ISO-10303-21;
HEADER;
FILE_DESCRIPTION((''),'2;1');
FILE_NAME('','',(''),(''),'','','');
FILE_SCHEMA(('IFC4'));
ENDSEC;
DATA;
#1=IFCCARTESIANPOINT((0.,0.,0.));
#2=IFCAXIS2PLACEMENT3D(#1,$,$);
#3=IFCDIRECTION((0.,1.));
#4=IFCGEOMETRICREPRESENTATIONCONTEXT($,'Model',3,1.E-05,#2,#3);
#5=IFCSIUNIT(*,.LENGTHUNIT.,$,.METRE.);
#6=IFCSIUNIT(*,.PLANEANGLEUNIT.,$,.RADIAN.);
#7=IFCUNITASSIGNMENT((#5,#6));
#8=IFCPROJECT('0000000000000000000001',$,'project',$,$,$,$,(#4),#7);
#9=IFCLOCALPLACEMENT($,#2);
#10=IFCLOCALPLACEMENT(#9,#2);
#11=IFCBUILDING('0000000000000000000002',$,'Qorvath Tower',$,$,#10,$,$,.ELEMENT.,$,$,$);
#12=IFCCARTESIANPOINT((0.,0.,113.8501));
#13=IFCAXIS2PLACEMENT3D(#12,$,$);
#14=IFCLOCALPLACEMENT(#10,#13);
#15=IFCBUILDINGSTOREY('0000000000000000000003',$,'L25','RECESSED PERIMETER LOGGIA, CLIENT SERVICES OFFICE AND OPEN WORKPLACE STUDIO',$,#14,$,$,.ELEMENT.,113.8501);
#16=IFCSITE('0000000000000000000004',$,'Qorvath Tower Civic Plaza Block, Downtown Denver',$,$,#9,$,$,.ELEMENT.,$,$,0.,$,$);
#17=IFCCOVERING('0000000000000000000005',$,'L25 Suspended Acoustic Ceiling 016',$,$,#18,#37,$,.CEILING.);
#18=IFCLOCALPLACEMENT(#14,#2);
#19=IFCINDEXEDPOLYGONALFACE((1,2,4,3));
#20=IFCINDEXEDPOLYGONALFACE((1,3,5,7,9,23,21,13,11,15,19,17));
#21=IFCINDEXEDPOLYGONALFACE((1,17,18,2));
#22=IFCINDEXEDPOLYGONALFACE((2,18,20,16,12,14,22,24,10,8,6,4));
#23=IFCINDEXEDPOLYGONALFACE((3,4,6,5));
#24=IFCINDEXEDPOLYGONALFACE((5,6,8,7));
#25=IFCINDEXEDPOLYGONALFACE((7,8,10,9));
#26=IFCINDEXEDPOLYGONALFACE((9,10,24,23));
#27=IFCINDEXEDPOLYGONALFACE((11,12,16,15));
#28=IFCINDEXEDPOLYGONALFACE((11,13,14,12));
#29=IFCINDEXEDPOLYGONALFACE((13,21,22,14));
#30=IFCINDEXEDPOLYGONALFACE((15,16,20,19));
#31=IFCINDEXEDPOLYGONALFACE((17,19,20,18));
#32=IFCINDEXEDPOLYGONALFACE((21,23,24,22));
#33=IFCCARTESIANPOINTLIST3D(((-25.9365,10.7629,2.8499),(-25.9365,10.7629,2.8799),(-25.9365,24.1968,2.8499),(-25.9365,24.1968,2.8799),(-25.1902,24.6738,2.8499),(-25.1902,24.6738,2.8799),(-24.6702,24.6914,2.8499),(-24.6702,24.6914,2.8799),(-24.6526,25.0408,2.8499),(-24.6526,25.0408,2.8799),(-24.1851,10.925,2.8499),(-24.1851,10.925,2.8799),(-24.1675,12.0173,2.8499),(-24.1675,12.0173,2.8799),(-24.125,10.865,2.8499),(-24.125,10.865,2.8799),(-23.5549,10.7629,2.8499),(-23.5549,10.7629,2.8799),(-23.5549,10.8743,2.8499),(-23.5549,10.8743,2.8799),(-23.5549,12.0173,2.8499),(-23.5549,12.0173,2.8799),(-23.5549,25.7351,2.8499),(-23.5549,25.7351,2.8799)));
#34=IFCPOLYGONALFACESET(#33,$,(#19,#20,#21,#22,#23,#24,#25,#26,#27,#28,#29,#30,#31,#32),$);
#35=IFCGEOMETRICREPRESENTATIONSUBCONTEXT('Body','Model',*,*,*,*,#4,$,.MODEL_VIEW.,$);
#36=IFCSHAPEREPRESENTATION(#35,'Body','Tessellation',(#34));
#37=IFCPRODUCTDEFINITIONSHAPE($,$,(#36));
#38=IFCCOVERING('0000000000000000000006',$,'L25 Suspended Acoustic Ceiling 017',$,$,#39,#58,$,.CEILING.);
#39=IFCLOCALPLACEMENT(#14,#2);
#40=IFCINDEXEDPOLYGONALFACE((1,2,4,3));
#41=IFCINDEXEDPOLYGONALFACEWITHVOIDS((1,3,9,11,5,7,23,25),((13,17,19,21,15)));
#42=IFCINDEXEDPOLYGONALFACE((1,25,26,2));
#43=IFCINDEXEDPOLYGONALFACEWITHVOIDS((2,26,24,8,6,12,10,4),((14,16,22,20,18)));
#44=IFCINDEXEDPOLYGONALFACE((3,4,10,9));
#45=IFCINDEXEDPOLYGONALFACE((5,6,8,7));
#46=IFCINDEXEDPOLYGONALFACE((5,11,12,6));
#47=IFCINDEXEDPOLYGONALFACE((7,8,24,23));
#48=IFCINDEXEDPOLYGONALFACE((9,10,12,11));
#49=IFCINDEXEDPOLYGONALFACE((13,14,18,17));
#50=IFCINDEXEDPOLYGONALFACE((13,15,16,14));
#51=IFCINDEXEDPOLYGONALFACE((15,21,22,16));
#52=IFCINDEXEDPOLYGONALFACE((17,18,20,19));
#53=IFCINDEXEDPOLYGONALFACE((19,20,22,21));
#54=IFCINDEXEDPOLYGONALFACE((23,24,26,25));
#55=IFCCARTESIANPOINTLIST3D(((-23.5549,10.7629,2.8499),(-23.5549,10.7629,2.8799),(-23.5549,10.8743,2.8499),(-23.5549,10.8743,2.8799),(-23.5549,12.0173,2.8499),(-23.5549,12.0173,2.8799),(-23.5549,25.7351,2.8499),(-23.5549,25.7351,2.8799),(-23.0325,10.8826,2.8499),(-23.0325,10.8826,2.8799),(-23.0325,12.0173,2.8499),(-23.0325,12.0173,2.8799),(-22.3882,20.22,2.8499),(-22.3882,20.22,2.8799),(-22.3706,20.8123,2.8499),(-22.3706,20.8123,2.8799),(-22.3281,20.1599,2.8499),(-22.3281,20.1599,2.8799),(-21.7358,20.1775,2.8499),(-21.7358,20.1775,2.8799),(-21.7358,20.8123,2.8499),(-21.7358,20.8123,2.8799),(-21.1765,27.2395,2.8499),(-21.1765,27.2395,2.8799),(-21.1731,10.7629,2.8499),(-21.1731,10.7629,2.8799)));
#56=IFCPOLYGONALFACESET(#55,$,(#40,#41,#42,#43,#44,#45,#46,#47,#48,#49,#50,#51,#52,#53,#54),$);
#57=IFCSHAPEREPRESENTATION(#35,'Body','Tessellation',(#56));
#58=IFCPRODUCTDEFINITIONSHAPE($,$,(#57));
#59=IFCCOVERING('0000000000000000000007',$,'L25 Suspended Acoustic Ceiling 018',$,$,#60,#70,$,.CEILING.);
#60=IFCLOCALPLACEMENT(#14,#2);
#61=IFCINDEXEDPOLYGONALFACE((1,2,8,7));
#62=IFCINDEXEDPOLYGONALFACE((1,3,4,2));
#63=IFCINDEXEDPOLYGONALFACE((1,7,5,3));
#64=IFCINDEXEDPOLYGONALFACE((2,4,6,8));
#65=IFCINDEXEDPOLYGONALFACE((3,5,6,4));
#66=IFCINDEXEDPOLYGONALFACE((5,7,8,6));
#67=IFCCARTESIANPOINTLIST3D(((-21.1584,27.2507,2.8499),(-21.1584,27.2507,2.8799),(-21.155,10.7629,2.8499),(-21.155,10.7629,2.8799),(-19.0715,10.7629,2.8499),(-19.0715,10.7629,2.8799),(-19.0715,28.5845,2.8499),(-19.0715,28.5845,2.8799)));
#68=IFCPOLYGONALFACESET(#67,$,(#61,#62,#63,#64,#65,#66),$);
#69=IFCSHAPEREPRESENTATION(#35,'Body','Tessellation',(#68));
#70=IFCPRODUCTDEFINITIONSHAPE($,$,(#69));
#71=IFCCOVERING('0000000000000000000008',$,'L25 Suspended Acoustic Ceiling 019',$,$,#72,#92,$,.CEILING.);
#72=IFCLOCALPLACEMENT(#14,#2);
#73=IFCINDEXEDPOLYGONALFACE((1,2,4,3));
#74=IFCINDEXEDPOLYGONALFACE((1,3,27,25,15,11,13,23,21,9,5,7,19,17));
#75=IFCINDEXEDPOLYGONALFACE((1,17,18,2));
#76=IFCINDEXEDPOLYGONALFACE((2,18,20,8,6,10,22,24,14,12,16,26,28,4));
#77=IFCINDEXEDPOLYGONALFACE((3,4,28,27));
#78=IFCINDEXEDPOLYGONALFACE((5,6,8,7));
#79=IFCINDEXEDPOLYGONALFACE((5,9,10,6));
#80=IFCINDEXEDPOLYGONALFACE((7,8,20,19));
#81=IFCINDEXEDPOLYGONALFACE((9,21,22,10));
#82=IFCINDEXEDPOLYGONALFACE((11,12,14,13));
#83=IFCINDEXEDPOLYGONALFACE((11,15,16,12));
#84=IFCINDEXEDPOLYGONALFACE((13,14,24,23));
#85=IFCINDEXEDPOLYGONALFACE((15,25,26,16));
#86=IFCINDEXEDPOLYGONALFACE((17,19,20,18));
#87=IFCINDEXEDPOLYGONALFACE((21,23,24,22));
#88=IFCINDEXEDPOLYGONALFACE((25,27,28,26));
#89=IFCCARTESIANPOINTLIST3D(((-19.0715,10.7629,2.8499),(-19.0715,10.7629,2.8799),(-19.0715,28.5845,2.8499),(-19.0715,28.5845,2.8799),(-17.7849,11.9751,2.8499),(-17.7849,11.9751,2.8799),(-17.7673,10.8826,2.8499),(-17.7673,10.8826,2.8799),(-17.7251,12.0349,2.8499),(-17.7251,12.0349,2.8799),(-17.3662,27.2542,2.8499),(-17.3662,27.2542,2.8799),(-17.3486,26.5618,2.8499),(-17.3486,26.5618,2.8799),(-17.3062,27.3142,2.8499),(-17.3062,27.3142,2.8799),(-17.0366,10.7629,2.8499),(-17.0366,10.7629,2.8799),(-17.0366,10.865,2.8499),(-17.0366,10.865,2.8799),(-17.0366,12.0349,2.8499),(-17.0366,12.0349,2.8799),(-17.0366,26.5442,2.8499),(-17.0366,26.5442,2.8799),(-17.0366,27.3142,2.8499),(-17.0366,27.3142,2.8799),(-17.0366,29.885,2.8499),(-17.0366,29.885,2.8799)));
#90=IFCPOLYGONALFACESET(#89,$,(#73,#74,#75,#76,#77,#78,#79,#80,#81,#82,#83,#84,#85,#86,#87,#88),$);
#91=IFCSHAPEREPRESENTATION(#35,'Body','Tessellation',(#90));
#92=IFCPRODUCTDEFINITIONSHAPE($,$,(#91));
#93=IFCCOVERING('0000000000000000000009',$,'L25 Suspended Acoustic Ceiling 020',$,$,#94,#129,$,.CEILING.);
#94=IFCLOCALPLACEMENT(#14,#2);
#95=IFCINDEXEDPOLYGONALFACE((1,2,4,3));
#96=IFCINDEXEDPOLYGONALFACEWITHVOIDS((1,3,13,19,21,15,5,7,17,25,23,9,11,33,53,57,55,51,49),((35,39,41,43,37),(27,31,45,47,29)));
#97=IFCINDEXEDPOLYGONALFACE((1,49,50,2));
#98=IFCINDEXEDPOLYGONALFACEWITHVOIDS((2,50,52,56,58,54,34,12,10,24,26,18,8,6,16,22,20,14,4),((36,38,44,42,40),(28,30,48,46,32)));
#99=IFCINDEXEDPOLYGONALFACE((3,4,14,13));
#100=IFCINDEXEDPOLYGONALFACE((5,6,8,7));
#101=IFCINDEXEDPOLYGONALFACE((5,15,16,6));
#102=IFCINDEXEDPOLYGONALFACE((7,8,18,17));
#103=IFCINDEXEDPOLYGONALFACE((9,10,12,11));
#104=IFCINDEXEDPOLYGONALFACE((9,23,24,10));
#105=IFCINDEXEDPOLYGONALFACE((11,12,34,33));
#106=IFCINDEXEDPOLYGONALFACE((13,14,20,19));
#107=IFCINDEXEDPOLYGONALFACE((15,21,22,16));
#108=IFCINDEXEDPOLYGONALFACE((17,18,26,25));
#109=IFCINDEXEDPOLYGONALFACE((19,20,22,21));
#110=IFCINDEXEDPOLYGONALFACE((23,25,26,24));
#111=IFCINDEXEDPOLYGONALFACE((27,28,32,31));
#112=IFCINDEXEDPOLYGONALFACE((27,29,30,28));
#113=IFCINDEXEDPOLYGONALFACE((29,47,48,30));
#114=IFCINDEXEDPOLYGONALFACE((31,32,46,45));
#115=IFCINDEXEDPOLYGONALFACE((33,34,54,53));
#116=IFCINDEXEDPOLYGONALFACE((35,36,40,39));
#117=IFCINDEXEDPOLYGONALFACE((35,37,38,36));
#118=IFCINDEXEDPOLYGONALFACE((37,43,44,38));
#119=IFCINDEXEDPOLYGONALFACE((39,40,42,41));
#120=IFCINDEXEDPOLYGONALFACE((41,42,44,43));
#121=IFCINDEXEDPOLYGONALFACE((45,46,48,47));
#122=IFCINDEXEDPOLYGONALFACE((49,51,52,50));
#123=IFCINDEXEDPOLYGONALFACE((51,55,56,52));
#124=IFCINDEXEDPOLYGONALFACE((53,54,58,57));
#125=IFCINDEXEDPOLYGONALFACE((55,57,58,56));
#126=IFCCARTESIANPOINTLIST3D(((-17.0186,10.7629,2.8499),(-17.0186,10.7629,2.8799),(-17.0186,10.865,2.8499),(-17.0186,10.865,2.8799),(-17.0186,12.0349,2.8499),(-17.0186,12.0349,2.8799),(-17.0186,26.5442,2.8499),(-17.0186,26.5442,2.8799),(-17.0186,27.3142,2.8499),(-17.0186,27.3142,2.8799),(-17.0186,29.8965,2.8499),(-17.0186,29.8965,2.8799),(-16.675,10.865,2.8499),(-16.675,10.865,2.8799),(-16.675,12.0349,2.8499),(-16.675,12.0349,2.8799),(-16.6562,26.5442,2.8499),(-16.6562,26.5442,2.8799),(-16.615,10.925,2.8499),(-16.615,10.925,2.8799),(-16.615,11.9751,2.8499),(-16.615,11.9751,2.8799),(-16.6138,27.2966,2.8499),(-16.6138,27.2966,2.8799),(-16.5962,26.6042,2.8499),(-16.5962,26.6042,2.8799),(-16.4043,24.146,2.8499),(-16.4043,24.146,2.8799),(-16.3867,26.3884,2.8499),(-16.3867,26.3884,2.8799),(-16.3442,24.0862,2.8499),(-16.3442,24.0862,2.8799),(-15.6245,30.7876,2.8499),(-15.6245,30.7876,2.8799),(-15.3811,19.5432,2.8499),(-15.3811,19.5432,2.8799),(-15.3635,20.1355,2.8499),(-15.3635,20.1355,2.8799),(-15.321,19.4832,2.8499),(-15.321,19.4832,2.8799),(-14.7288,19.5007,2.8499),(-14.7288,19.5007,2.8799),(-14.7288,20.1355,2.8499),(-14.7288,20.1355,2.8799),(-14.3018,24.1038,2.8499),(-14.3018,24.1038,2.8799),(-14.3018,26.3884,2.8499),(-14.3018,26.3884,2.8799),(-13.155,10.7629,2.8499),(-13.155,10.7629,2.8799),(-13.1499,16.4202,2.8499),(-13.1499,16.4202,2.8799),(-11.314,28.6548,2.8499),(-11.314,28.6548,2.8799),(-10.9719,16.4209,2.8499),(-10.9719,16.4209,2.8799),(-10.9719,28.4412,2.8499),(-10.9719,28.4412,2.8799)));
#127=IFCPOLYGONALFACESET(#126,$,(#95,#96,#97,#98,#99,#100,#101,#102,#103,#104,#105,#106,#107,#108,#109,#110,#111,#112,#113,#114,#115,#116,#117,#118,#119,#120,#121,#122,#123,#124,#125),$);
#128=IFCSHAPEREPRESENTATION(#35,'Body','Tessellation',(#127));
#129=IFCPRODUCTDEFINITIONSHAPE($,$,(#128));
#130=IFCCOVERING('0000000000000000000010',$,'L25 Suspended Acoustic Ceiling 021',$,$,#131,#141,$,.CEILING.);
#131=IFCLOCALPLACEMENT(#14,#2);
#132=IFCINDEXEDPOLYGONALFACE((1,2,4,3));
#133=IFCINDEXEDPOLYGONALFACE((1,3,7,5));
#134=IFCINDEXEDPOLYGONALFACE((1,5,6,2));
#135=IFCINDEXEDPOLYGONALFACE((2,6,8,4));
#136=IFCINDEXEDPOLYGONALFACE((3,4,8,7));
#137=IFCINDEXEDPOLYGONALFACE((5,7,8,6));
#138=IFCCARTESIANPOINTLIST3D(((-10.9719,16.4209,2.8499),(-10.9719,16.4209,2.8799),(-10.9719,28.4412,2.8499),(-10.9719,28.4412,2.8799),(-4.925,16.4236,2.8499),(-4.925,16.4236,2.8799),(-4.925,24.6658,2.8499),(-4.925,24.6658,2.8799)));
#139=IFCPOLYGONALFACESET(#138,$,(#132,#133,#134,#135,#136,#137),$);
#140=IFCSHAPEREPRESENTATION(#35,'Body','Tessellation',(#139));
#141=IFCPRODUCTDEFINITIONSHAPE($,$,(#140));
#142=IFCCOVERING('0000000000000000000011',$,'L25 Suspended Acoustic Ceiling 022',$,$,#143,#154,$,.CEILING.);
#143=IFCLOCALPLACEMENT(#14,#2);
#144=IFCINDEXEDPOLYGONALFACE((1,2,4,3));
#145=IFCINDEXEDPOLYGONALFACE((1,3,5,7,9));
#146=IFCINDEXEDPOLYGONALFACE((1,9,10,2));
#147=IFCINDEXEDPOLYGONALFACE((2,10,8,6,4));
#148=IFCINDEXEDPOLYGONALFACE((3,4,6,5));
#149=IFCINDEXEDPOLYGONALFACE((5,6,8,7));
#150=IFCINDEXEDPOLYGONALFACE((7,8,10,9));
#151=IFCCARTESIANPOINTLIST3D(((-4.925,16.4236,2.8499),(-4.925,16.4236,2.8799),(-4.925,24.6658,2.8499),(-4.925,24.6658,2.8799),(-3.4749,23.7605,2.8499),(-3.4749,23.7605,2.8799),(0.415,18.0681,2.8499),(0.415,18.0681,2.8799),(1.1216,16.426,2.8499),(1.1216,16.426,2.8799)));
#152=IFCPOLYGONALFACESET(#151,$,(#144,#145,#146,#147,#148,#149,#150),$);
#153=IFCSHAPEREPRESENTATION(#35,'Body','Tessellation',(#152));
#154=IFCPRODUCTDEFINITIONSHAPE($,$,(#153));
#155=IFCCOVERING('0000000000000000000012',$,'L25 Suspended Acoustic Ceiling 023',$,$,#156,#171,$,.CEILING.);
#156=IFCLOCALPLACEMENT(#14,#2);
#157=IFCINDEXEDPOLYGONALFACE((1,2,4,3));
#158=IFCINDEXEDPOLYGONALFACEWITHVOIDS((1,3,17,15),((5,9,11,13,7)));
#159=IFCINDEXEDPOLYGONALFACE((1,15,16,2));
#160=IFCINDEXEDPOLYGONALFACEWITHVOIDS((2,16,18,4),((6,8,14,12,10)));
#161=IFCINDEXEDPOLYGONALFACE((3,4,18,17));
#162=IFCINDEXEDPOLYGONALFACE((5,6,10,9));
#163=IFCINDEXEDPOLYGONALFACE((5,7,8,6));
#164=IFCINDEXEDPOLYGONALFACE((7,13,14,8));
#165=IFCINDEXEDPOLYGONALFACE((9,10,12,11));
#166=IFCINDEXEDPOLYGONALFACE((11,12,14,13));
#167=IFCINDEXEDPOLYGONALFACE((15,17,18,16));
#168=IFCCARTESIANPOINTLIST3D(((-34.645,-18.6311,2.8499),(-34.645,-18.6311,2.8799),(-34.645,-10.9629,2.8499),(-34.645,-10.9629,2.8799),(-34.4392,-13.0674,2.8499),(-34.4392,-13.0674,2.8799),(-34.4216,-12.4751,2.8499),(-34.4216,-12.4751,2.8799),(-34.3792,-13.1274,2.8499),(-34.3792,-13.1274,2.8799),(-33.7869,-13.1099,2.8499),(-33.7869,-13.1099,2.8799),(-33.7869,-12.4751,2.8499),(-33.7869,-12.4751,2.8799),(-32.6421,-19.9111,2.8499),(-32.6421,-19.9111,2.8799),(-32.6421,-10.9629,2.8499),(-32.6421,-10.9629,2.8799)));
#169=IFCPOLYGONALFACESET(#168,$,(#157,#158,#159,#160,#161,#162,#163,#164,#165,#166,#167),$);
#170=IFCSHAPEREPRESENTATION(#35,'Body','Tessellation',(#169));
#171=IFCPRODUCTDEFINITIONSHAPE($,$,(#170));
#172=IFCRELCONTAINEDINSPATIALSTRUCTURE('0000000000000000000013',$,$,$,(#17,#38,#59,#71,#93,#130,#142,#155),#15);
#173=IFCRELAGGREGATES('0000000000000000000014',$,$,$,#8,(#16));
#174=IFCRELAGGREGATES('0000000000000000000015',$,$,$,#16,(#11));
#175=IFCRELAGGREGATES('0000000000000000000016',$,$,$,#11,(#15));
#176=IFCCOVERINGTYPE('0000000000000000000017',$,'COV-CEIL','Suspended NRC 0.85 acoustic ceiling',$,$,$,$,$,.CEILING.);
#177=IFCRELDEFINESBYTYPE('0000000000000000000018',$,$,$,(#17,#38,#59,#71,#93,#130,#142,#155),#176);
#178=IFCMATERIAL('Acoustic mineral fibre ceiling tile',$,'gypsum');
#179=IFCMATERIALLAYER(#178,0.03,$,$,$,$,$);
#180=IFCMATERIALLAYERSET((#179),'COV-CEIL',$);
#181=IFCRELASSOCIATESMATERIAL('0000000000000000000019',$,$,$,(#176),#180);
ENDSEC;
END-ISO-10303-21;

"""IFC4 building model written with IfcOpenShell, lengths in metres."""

from ifc_helpers import new_model, si_unit, direction, frame, origin, place, context, subcontext, project, spatial, polyline, outline, extrude, material, layer, layer_set, type_object, element, save


model = new_model("IFC4")

# Units and contexts
model_context = context("Model", 3, precision=1e-05, world=origin(), true_north=direction((0.0, 1.0)))
body_context = subcontext(model_context, "Body", "Model", "MODEL_VIEW")
ifc_project = project(units=[si_unit("LENGTHUNIT", "METRE"), si_unit("PLANEANGLEUNIT", "RADIAN")], contexts=[model_context])

# Site, building, storey
site_placement = place(None, origin())
site = spatial("IfcSite", under=ifc_project, at=site_placement, Name="Qorvath Tower Civic Plaza Block, Downtown Denver", CompositionType="ELEMENT", RefElevation=0.0)
building_placement = place(site_placement, origin())
building = spatial("IfcBuilding", under=site, at=building_placement, Name="Qorvath Tower", CompositionType="ELEMENT")
storey_placement = place(building_placement, frame((0.0, 0.0, 113.8501)))
storey = spatial("IfcBuildingStorey", under=building, at=storey_placement, Name="L25", Description="RECESSED PERIMETER LOGGIA, CLIENT SERVICES OFFICE AND OPEN WORKPLACE STUDIO", CompositionType="ELEMENT", Elevation=113.8501)

# Coverings
ifc_material_1 = material(Name="Acoustic mineral fibre ceiling tile", Category="gypsum")
ifc_layer_1 = layer(ifc_material_1, 0.03)
ifc_layer_set_1 = layer_set([ifc_layer_1], Name="COV-CEIL")
covering_type_1 = type_object("IfcCoveringType", Name="COV-CEIL", Description="Suspended NRC 0.85 acoustic ceiling", PredefinedType="CEILING", material=ifc_layer_set_1)
covering_1_placement = place(storey_placement, frame((0.0, 0.0, 2.8499)))
element("IfcCovering", 1, at=covering_1_placement, inside=storey, type_object=covering_type_1, Name="L25 Suspended Acoustic Ceiling 016", PredefinedType="CEILING", context=body_context, shape_type="SweptSolid", body=[
    extrude(outline(polyline([(-23.5549, 10.7629), (-23.5549, 10.8743), (-24.125, 10.865), (-24.1851, 10.925), (-24.1675, 12.0173), (-23.5549, 12.0173), (-23.5549, 25.7351), (-24.6526, 25.0408), (-24.6702, 24.6914), (-25.1902, 24.6738), (-25.9365, 24.1968), (-25.9365, 10.7629), (-23.5549, 10.7629)])), origin(), (0.0, 0.0, 1.0), 0.03),
])
covering_2_placement = place(storey_placement, frame((0.0, 0.0, 2.8499)))
element("IfcCovering", 2, at=covering_2_placement, inside=storey, type_object=covering_type_1, Name="L25 Suspended Acoustic Ceiling 017", PredefinedType="CEILING", context=body_context, shape_type="SweptSolid", body=[
    extrude(outline(polyline([(-21.1731, 10.7629), (-21.1765, 27.2395), (-23.5549, 25.7351), (-23.5549, 12.0173), (-23.0325, 12.0173), (-23.0325, 10.8826), (-23.5549, 10.8743), (-23.5549, 10.7629), (-21.1731, 10.7629)]), holes=[polyline([(-22.3882, 20.22), (-22.3706, 20.8123), (-21.7358, 20.8123), (-21.7358, 20.1775), (-22.3281, 20.1599), (-22.3882, 20.22)])]), origin(), (0.0, 0.0, 1.0), 0.03),
])
covering_3_placement = place(storey_placement, frame((0.0, 0.0, 2.8499)))
element("IfcCovering", 3, at=covering_3_placement, inside=storey, type_object=covering_type_1, Name="L25 Suspended Acoustic Ceiling 018", PredefinedType="CEILING", context=body_context, shape_type="SweptSolid", body=[
    extrude(outline(polyline([(-19.0715, 10.7629), (-19.0715, 28.5845), (-21.1584, 27.2507), (-21.155, 10.7629), (-19.0715, 10.7629)])), origin(), (0.0, 0.0, 1.0), 0.03),
])
covering_4_placement = place(storey_placement, frame((0.0, 0.0, 2.8499)))
element("IfcCovering", 4, at=covering_4_placement, inside=storey, type_object=covering_type_1, Name="L25 Suspended Acoustic Ceiling 019", PredefinedType="CEILING", context=body_context, shape_type="SweptSolid", body=[
    extrude(outline(polyline([(-17.7251, 12.0349), (-17.0366, 12.0349), (-17.0366, 26.5442), (-17.3486, 26.5618), (-17.3662, 27.2542), (-17.3062, 27.3142), (-17.0366, 27.3142), (-17.0366, 29.885), (-19.0715, 28.5845), (-19.0715, 10.7629), (-17.0366, 10.7629), (-17.0366, 10.865), (-17.7673, 10.8826), (-17.7849, 11.9751), (-17.7251, 12.0349)])), origin(), (0.0, 0.0, 1.0), 0.03),
])
covering_5_placement = place(storey_placement, frame((0.0, 0.0, 2.8499)))
element("IfcCovering", 5, at=covering_5_placement, inside=storey, type_object=covering_type_1, Name="L25 Suspended Acoustic Ceiling 020", PredefinedType="CEILING", context=body_context, shape_type="SweptSolid", body=[
    extrude(outline(polyline([(-10.9719, 16.4209), (-10.9719, 28.4412), (-11.314, 28.6548), (-15.6245, 30.7876), (-17.0186, 29.8965), (-17.0186, 27.3142), (-16.6138, 27.2966), (-16.5962, 26.6042), (-16.6562, 26.5442), (-17.0186, 26.5442), (-17.0186, 12.0349), (-16.675, 12.0349), (-16.615, 11.9751), (-16.615, 10.925), (-16.675, 10.865), (-17.0186, 10.865), (-17.0186, 10.7629), (-13.155, 10.7629), (-13.1499, 16.4202), (-10.9719, 16.4209)]), holes=[polyline([(-16.4043, 24.146), (-16.3867, 26.3884), (-14.3018, 26.3884), (-14.3018, 24.1038), (-16.3442, 24.0862), (-16.4043, 24.146)]), polyline([(-15.3811, 19.5432), (-15.3635, 20.1355), (-14.7288, 20.1355), (-14.7288, 19.5007), (-15.321, 19.4832), (-15.3811, 19.5432)])]), origin(), (0.0, 0.0, 1.0), 0.03),
])
covering_6_placement = place(storey_placement, frame((0.0, 0.0, 2.8499)))
element("IfcCovering", 6, at=covering_6_placement, inside=storey, type_object=covering_type_1, Name="L25 Suspended Acoustic Ceiling 021", PredefinedType="CEILING", context=body_context, shape_type="SweptSolid", body=[
    extrude(outline(polyline([(-4.925, 16.4236), (-4.925, 24.6658), (-10.9719, 28.4412), (-10.9719, 16.4209), (-4.925, 16.4236)])), origin(), (0.0, 0.0, 1.0), 0.03),
])
covering_7_placement = place(storey_placement, frame((0.0, 0.0, 2.8499)))
element("IfcCovering", 7, at=covering_7_placement, inside=storey, type_object=covering_type_1, Name="L25 Suspended Acoustic Ceiling 022", PredefinedType="CEILING", context=body_context, shape_type="SweptSolid", body=[
    extrude(outline(polyline([(-3.4749, 23.7605), (-4.925, 24.6658), (-4.925, 16.4236), (1.1216, 16.426), (0.415, 18.0681), (-3.4749, 23.7605)])), origin(), (0.0, 0.0, 1.0), 0.03),
])
covering_8_placement = place(storey_placement, frame((0.0, 0.0, 2.8499)))
element("IfcCovering", 8, at=covering_8_placement, inside=storey, type_object=covering_type_1, Name="L25 Suspended Acoustic Ceiling 023", PredefinedType="CEILING", context=body_context, shape_type="SweptSolid", body=[
    extrude(outline(polyline([(-32.6421, -19.9111), (-32.6421, -10.9629), (-34.645, -10.9629), (-34.645, -18.6311), (-32.6421, -19.9111)]), holes=[polyline([(-34.4392, -13.0674), (-34.4216, -12.4751), (-33.7869, -12.4751), (-33.7869, -13.1099), (-34.3792, -13.1274), (-34.4392, -13.0674)])]), origin(), (0.0, 0.0, 1.0), 0.03),
])

save(model, "model.ifc")
